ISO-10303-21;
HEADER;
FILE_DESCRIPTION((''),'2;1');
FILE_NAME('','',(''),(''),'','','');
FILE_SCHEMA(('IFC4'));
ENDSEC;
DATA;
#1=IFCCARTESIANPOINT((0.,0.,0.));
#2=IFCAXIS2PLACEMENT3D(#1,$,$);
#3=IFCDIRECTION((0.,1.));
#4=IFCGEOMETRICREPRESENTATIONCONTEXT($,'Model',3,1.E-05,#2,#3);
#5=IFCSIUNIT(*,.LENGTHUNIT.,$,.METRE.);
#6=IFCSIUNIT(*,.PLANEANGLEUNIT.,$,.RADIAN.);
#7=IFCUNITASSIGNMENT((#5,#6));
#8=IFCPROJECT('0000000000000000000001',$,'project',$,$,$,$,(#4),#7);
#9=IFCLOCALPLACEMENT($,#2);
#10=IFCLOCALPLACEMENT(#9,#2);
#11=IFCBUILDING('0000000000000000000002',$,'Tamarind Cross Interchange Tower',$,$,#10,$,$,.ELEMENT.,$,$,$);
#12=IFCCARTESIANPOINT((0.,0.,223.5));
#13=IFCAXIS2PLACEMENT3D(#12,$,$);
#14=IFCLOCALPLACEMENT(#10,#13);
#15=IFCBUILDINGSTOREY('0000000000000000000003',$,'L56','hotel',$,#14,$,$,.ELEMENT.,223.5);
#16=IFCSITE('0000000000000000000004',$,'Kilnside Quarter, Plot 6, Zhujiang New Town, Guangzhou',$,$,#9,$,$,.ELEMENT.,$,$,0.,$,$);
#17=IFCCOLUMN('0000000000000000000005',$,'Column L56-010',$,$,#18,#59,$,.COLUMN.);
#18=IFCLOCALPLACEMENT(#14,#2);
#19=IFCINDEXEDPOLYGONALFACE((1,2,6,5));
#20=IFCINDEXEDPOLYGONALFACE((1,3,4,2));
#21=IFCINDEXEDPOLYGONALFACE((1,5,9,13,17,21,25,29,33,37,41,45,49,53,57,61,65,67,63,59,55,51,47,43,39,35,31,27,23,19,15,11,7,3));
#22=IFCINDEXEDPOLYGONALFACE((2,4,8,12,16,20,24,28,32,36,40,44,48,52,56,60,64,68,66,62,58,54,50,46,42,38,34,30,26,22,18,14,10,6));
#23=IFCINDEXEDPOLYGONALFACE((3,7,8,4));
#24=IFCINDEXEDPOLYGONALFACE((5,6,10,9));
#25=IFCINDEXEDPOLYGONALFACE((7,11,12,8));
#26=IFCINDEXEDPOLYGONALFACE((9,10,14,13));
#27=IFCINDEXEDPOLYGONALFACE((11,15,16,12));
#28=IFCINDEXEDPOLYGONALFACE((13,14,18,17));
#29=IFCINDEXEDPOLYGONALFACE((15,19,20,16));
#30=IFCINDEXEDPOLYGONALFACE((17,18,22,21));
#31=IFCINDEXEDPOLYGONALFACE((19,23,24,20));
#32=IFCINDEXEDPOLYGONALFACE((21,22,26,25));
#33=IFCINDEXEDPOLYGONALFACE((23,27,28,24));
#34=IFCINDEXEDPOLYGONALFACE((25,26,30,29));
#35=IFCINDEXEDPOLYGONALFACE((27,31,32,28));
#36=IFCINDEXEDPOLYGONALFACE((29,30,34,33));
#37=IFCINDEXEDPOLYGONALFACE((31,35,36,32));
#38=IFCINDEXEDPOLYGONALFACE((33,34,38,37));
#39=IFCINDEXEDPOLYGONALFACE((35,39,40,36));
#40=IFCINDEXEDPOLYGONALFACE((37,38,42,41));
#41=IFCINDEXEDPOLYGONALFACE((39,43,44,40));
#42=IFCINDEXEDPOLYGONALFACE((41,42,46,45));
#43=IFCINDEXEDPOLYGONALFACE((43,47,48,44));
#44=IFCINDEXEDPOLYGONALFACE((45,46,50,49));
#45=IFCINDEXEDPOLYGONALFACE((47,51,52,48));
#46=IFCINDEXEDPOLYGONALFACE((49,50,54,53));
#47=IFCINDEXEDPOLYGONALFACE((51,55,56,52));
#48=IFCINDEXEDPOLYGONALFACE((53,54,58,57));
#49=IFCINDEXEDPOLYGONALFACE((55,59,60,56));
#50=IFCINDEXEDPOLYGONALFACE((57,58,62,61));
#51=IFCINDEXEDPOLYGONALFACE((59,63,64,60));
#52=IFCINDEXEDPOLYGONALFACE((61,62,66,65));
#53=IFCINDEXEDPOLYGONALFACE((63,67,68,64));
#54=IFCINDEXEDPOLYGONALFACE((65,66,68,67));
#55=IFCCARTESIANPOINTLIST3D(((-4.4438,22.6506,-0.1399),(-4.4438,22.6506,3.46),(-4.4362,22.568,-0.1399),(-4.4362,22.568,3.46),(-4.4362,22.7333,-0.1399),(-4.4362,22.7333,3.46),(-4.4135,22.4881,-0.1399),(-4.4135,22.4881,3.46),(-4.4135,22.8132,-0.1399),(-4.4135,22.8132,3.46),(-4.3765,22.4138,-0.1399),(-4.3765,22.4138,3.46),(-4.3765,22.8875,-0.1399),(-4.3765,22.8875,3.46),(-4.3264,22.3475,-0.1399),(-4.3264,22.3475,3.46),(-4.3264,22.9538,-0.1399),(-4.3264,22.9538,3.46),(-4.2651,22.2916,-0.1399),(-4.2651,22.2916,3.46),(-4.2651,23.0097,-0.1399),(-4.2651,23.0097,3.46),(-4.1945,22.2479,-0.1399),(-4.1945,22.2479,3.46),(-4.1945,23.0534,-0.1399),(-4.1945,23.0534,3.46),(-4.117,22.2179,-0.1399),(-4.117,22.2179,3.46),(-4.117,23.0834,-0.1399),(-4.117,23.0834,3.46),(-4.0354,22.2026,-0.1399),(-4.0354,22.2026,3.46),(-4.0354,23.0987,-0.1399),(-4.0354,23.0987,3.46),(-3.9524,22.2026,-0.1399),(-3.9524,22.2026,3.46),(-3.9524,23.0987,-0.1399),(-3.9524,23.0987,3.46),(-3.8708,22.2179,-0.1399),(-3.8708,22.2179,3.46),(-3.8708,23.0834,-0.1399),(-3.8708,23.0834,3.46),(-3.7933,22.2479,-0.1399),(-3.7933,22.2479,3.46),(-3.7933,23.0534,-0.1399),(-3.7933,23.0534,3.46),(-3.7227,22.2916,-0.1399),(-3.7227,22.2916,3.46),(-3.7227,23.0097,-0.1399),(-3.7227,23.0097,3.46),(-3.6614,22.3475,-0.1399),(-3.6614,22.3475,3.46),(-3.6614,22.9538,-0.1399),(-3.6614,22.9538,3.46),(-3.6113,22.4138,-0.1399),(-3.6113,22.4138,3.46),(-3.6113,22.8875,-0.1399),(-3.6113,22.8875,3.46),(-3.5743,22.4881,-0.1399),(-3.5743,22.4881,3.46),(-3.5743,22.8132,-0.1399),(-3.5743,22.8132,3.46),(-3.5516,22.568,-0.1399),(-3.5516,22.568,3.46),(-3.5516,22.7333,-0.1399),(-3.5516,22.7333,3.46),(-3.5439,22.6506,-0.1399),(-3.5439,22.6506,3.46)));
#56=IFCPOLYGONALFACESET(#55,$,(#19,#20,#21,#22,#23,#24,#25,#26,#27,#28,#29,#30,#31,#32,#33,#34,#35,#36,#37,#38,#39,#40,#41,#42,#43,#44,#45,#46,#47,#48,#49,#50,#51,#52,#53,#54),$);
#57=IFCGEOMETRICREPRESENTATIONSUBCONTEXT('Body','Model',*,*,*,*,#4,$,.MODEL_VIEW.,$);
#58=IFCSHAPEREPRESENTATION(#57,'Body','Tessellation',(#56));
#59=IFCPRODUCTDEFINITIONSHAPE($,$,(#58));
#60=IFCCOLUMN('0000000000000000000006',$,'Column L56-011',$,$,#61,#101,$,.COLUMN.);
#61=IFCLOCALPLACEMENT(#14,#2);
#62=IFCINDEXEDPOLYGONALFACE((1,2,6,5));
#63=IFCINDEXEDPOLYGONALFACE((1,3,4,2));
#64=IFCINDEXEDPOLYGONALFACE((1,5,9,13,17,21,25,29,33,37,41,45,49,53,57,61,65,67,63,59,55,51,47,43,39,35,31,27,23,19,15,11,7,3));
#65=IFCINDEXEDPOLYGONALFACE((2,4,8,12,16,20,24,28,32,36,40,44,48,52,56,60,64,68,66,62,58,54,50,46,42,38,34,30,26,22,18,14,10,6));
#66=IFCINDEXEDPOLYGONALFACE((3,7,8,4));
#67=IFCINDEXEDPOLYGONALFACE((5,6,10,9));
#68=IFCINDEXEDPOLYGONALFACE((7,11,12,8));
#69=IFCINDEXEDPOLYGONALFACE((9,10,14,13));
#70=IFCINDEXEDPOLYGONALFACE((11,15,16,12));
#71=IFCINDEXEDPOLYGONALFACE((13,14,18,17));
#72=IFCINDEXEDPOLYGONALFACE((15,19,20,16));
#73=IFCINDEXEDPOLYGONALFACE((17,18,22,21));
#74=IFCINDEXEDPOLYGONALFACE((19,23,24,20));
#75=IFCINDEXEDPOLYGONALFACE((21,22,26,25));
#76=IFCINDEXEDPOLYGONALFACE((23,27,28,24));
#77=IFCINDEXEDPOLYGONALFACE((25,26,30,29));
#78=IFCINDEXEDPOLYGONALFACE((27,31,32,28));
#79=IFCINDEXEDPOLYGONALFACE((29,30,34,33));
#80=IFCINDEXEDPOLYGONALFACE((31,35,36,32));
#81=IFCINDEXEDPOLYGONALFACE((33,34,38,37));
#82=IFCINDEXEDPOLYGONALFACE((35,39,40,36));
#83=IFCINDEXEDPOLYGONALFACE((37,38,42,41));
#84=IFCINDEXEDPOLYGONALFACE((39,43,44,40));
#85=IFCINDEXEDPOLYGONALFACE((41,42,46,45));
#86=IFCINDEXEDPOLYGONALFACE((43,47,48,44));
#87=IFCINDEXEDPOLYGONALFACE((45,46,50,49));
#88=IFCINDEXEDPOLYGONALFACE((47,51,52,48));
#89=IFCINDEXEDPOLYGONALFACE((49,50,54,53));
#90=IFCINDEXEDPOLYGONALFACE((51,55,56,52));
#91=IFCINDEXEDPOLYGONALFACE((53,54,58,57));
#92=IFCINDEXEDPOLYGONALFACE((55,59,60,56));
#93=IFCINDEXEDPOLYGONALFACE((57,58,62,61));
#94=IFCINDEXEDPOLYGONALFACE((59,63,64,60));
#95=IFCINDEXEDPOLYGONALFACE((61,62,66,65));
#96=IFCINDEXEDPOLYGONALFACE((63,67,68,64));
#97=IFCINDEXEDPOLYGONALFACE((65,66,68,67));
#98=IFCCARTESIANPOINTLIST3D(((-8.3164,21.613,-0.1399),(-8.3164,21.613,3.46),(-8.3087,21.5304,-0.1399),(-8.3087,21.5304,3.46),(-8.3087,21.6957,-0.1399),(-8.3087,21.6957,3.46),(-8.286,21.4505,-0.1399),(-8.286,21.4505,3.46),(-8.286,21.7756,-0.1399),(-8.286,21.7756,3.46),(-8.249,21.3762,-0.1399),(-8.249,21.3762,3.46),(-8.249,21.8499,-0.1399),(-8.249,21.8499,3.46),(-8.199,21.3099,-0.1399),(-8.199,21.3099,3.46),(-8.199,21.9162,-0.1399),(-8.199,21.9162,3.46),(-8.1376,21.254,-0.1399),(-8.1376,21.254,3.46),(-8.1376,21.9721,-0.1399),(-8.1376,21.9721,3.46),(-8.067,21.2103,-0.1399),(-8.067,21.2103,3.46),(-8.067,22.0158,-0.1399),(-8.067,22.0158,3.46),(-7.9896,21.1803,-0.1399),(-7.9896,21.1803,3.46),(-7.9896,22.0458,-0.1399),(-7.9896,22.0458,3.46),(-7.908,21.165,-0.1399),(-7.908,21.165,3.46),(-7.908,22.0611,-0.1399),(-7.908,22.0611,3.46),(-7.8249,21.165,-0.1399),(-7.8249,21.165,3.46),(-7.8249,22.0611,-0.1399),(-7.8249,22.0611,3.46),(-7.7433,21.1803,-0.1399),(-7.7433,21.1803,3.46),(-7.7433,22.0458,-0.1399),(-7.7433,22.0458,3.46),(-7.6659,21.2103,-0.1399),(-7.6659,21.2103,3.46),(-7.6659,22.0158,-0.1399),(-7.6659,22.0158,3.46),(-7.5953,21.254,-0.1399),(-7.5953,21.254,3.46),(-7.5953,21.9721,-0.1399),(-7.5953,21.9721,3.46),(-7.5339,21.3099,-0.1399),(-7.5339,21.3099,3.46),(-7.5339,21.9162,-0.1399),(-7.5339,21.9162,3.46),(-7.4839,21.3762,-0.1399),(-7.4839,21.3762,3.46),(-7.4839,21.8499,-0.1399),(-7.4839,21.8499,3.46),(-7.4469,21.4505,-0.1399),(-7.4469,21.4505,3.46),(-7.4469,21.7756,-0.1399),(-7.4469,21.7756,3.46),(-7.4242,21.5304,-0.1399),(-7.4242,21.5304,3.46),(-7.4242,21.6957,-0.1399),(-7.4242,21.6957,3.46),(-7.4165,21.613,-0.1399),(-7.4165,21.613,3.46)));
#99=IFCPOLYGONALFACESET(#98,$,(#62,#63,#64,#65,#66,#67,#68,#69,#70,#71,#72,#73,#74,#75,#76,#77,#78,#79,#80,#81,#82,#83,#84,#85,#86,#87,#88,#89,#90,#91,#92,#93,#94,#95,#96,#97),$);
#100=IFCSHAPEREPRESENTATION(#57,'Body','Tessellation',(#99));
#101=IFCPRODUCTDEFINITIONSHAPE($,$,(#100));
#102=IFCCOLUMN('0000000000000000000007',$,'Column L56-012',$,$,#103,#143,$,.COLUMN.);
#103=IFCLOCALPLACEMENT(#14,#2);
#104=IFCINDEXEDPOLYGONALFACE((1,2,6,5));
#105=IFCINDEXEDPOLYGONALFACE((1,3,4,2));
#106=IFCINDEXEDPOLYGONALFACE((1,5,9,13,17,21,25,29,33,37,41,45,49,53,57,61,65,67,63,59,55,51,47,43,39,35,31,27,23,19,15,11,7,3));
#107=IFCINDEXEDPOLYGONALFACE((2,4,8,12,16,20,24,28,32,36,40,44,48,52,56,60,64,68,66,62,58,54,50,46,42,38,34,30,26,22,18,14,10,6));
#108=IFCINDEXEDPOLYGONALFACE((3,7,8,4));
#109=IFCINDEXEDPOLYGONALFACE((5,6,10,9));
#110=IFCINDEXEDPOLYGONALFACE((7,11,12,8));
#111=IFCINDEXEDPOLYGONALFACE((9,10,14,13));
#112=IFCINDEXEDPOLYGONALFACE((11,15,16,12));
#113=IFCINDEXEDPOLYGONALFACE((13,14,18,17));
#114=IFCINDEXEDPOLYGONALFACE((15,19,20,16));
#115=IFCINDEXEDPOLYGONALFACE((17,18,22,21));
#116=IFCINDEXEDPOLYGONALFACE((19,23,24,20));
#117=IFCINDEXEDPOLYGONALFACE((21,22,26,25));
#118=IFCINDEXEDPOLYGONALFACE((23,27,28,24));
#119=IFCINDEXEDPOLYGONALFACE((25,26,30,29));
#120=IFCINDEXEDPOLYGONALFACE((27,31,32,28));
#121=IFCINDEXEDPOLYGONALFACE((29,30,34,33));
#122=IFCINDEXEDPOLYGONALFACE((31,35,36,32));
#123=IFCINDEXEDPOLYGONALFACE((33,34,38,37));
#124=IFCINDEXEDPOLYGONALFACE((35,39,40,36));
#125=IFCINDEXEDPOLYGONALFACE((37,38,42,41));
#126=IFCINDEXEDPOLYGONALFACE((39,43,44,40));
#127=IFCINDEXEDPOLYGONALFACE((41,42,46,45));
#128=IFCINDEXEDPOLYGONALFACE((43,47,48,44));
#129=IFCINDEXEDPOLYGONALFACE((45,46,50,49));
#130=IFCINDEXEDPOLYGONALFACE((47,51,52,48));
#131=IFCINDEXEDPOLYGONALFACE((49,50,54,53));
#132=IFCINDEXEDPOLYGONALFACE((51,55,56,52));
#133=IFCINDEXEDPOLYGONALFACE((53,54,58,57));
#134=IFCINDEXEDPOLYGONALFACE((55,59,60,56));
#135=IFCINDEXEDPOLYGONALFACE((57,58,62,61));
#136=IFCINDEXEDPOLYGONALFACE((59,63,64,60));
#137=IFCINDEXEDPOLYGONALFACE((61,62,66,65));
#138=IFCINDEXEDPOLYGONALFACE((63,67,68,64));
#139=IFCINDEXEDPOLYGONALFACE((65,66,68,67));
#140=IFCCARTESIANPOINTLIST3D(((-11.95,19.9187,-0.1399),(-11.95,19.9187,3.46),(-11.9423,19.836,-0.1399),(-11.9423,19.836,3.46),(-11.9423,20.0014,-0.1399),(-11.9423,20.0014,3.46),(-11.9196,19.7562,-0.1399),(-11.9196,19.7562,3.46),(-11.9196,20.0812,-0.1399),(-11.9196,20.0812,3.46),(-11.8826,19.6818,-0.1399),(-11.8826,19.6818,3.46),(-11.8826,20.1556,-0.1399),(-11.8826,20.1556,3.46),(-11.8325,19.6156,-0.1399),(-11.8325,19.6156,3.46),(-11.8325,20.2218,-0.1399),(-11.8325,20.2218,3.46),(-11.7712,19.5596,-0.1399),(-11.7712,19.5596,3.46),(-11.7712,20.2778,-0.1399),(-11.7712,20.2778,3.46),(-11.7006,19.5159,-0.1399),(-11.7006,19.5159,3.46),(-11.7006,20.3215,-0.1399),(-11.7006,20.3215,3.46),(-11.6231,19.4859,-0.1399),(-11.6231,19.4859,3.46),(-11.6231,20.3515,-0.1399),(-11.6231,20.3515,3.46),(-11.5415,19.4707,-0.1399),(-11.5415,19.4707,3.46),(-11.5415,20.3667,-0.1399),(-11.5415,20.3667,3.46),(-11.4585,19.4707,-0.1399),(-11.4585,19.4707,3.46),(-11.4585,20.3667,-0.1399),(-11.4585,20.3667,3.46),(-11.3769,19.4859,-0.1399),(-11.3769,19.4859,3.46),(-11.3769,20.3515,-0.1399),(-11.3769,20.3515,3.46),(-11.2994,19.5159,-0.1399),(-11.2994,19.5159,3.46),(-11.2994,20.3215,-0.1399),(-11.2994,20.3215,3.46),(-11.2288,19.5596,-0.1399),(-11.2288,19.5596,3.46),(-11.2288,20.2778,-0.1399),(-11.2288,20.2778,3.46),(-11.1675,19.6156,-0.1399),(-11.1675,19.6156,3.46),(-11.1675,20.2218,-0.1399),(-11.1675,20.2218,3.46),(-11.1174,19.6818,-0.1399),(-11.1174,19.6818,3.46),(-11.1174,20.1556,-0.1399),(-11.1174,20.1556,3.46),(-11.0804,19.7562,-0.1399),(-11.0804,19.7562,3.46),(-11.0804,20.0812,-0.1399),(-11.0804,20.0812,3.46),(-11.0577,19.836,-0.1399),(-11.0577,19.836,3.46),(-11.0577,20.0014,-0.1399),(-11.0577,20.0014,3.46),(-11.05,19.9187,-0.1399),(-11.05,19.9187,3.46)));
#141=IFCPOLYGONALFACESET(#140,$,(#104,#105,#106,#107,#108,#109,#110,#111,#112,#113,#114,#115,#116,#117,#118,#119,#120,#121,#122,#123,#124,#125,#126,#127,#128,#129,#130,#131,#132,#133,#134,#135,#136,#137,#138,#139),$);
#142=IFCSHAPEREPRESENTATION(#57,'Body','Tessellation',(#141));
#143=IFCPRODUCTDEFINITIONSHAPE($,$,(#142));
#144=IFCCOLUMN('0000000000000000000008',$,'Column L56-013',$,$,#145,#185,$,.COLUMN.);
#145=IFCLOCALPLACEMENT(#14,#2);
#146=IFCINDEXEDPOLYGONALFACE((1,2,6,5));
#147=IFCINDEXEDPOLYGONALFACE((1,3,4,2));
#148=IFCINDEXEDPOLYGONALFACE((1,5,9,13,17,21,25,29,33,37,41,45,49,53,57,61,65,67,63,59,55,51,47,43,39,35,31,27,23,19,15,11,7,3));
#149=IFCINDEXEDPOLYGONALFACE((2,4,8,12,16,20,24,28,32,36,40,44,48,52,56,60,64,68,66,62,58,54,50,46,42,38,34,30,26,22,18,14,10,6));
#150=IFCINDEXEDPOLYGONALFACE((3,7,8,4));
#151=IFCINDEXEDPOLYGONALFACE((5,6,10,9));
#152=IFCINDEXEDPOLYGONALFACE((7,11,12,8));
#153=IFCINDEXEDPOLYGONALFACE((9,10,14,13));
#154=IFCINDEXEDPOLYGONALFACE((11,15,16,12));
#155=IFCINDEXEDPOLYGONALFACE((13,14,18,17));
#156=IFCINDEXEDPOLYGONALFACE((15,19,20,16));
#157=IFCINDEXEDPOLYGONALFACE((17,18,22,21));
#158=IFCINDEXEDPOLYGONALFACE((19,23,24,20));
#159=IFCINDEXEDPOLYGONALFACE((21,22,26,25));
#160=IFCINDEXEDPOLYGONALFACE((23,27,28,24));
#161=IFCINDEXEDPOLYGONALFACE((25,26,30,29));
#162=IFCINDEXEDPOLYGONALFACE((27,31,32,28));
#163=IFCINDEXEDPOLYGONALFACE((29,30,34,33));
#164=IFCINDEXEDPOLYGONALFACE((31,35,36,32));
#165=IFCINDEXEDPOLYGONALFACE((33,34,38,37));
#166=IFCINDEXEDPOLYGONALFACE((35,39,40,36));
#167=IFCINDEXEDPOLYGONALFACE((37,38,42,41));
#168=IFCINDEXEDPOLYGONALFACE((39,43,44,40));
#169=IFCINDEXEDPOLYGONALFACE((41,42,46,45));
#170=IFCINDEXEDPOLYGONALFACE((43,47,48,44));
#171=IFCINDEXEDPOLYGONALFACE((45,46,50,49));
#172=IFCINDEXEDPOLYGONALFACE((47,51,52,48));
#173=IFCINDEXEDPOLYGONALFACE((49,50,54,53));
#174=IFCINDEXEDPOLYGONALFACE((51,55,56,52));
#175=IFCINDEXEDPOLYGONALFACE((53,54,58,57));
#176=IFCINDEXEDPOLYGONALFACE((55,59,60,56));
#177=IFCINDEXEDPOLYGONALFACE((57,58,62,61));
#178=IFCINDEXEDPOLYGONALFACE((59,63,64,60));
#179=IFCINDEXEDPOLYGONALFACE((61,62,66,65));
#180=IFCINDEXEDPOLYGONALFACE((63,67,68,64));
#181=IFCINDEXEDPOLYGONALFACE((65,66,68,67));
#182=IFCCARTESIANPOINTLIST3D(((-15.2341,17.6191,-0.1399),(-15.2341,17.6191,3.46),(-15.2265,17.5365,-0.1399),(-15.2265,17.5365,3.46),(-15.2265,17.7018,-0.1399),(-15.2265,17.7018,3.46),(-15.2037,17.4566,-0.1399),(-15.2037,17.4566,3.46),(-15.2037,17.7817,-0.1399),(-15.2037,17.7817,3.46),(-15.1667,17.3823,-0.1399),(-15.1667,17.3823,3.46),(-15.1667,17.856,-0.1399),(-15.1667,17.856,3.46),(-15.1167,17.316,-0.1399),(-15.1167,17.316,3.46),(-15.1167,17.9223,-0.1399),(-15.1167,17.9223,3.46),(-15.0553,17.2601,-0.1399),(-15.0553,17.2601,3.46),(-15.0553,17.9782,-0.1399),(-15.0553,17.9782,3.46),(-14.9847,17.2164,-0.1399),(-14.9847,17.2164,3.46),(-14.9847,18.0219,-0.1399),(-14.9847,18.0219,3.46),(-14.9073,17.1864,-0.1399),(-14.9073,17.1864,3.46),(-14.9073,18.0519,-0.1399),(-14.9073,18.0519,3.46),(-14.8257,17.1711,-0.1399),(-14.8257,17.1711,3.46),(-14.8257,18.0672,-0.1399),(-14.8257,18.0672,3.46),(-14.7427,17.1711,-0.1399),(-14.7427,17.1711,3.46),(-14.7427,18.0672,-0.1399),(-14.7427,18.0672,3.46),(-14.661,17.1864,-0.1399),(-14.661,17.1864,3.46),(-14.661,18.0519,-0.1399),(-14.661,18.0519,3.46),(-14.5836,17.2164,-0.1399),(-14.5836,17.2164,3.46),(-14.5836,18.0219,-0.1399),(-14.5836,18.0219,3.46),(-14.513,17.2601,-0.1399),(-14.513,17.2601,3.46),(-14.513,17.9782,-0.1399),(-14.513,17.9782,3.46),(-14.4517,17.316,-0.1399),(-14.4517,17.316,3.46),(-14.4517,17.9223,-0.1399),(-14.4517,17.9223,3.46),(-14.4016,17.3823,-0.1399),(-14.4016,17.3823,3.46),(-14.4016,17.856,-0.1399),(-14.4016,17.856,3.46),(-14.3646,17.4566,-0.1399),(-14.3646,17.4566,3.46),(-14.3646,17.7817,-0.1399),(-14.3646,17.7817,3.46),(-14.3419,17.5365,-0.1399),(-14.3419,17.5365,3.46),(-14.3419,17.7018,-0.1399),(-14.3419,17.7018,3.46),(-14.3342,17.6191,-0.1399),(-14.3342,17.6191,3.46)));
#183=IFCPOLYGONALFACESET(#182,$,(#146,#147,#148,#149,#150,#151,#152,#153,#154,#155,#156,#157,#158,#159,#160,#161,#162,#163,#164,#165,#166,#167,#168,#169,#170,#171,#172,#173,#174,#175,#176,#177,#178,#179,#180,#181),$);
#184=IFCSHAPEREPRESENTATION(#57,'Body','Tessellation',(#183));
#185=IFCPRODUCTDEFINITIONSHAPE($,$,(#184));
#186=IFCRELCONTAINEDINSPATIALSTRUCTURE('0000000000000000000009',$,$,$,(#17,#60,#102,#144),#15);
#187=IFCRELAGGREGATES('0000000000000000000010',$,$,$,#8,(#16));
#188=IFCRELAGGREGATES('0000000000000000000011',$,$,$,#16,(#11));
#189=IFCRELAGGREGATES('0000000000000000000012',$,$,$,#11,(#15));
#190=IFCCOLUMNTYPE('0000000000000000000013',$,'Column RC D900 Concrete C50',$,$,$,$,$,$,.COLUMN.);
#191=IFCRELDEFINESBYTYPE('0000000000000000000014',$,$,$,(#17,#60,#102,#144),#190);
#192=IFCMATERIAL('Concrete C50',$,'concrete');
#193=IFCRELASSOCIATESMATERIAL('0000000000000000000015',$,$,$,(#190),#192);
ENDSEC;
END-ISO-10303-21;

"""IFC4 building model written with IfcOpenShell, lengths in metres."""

from ifc_helpers import new_model, si_unit, direction, frame, origin, origin_2d, place, context, subcontext, project, spatial, circle, extrude, material, material_profile, profile_set, type_object, element, save


model = new_model("IFC4")

# Units and contexts
model_context = context("Model", 3, precision=1e-05, world=origin(), true_north=direction((0.0, 1.0)))
body_context = subcontext(model_context, "Body", "Model", "MODEL_VIEW")
ifc_project = project(units=[si_unit("LENGTHUNIT", "METRE"), si_unit("PLANEANGLEUNIT", "RADIAN")], contexts=[model_context])

# Site, building, storey
site_placement = place(None, origin())
site = spatial("IfcSite", under=ifc_project, at=site_placement, Name="Kilnside Quarter, Plot 6, Zhujiang New Town, Guangzhou", CompositionType="ELEMENT", RefElevation=0.0)
building_placement = place(site_placement, origin())
building = spatial("IfcBuilding", under=site, at=building_placement, Name="Tamarind Cross Interchange Tower", CompositionType="ELEMENT")
storey_placement = place(building_placement, frame((0.0, 0.0, 223.5)))
storey = spatial("IfcBuildingStorey", under=building, at=storey_placement, Name="L56", Description="hotel", CompositionType="ELEMENT", Elevation=223.5)

# Columns
ifc_material_1 = material(Name="Concrete C50", Category="concrete")
ifc_material_profile_1 = material_profile(ifc_material_1, circle(Radius=0.45, at=origin_2d()), Name="RC D900")
ifc_profile_set_1 = profile_set([ifc_material_profile_1], Name="Concrete C50")
column_type = type_object("IfcColumnType", Name="Column RC D900 Concrete C50", PredefinedType="COLUMN", material=ifc_profile_set_1)
for number, where, z_axis, x_axis, name in (
    (1, (-3.9939, 22.6506, -0.1399), (0.0, 0.0, 1.0), (1.0, 0.0, 0.0), "Column L56-010"),
    (2, (-7.8665, 21.613, -0.1399), (0.0, 0.0, 1.0), (1.0, 0.0, 0.0), "Column L56-011"),
    (3, (-11.5, 19.9187, -0.1399), (0.0, 0.0, 1.0), (1.0, 0.0, 0.0), "Column L56-012"),
    (4, (-14.7842, 17.6191, -0.1399), (0.0, 0.0, 1.0), (1.0, 0.0, 0.0), "Column L56-013"),
):
    element("IfcColumn", number, at=place(storey_placement, frame(where, z_axis=z_axis, x_axis=x_axis)), inside=storey, type_object=column_type, Name=name, PredefinedType="COLUMN", context=body_context, shape_type="SweptSolid", body=[
        extrude(circle(Radius=0.45, at=origin_2d()), origin(), (0.0, 0.0, 1.0), 3.5999),
    ])

save(model, "model.ifc")
